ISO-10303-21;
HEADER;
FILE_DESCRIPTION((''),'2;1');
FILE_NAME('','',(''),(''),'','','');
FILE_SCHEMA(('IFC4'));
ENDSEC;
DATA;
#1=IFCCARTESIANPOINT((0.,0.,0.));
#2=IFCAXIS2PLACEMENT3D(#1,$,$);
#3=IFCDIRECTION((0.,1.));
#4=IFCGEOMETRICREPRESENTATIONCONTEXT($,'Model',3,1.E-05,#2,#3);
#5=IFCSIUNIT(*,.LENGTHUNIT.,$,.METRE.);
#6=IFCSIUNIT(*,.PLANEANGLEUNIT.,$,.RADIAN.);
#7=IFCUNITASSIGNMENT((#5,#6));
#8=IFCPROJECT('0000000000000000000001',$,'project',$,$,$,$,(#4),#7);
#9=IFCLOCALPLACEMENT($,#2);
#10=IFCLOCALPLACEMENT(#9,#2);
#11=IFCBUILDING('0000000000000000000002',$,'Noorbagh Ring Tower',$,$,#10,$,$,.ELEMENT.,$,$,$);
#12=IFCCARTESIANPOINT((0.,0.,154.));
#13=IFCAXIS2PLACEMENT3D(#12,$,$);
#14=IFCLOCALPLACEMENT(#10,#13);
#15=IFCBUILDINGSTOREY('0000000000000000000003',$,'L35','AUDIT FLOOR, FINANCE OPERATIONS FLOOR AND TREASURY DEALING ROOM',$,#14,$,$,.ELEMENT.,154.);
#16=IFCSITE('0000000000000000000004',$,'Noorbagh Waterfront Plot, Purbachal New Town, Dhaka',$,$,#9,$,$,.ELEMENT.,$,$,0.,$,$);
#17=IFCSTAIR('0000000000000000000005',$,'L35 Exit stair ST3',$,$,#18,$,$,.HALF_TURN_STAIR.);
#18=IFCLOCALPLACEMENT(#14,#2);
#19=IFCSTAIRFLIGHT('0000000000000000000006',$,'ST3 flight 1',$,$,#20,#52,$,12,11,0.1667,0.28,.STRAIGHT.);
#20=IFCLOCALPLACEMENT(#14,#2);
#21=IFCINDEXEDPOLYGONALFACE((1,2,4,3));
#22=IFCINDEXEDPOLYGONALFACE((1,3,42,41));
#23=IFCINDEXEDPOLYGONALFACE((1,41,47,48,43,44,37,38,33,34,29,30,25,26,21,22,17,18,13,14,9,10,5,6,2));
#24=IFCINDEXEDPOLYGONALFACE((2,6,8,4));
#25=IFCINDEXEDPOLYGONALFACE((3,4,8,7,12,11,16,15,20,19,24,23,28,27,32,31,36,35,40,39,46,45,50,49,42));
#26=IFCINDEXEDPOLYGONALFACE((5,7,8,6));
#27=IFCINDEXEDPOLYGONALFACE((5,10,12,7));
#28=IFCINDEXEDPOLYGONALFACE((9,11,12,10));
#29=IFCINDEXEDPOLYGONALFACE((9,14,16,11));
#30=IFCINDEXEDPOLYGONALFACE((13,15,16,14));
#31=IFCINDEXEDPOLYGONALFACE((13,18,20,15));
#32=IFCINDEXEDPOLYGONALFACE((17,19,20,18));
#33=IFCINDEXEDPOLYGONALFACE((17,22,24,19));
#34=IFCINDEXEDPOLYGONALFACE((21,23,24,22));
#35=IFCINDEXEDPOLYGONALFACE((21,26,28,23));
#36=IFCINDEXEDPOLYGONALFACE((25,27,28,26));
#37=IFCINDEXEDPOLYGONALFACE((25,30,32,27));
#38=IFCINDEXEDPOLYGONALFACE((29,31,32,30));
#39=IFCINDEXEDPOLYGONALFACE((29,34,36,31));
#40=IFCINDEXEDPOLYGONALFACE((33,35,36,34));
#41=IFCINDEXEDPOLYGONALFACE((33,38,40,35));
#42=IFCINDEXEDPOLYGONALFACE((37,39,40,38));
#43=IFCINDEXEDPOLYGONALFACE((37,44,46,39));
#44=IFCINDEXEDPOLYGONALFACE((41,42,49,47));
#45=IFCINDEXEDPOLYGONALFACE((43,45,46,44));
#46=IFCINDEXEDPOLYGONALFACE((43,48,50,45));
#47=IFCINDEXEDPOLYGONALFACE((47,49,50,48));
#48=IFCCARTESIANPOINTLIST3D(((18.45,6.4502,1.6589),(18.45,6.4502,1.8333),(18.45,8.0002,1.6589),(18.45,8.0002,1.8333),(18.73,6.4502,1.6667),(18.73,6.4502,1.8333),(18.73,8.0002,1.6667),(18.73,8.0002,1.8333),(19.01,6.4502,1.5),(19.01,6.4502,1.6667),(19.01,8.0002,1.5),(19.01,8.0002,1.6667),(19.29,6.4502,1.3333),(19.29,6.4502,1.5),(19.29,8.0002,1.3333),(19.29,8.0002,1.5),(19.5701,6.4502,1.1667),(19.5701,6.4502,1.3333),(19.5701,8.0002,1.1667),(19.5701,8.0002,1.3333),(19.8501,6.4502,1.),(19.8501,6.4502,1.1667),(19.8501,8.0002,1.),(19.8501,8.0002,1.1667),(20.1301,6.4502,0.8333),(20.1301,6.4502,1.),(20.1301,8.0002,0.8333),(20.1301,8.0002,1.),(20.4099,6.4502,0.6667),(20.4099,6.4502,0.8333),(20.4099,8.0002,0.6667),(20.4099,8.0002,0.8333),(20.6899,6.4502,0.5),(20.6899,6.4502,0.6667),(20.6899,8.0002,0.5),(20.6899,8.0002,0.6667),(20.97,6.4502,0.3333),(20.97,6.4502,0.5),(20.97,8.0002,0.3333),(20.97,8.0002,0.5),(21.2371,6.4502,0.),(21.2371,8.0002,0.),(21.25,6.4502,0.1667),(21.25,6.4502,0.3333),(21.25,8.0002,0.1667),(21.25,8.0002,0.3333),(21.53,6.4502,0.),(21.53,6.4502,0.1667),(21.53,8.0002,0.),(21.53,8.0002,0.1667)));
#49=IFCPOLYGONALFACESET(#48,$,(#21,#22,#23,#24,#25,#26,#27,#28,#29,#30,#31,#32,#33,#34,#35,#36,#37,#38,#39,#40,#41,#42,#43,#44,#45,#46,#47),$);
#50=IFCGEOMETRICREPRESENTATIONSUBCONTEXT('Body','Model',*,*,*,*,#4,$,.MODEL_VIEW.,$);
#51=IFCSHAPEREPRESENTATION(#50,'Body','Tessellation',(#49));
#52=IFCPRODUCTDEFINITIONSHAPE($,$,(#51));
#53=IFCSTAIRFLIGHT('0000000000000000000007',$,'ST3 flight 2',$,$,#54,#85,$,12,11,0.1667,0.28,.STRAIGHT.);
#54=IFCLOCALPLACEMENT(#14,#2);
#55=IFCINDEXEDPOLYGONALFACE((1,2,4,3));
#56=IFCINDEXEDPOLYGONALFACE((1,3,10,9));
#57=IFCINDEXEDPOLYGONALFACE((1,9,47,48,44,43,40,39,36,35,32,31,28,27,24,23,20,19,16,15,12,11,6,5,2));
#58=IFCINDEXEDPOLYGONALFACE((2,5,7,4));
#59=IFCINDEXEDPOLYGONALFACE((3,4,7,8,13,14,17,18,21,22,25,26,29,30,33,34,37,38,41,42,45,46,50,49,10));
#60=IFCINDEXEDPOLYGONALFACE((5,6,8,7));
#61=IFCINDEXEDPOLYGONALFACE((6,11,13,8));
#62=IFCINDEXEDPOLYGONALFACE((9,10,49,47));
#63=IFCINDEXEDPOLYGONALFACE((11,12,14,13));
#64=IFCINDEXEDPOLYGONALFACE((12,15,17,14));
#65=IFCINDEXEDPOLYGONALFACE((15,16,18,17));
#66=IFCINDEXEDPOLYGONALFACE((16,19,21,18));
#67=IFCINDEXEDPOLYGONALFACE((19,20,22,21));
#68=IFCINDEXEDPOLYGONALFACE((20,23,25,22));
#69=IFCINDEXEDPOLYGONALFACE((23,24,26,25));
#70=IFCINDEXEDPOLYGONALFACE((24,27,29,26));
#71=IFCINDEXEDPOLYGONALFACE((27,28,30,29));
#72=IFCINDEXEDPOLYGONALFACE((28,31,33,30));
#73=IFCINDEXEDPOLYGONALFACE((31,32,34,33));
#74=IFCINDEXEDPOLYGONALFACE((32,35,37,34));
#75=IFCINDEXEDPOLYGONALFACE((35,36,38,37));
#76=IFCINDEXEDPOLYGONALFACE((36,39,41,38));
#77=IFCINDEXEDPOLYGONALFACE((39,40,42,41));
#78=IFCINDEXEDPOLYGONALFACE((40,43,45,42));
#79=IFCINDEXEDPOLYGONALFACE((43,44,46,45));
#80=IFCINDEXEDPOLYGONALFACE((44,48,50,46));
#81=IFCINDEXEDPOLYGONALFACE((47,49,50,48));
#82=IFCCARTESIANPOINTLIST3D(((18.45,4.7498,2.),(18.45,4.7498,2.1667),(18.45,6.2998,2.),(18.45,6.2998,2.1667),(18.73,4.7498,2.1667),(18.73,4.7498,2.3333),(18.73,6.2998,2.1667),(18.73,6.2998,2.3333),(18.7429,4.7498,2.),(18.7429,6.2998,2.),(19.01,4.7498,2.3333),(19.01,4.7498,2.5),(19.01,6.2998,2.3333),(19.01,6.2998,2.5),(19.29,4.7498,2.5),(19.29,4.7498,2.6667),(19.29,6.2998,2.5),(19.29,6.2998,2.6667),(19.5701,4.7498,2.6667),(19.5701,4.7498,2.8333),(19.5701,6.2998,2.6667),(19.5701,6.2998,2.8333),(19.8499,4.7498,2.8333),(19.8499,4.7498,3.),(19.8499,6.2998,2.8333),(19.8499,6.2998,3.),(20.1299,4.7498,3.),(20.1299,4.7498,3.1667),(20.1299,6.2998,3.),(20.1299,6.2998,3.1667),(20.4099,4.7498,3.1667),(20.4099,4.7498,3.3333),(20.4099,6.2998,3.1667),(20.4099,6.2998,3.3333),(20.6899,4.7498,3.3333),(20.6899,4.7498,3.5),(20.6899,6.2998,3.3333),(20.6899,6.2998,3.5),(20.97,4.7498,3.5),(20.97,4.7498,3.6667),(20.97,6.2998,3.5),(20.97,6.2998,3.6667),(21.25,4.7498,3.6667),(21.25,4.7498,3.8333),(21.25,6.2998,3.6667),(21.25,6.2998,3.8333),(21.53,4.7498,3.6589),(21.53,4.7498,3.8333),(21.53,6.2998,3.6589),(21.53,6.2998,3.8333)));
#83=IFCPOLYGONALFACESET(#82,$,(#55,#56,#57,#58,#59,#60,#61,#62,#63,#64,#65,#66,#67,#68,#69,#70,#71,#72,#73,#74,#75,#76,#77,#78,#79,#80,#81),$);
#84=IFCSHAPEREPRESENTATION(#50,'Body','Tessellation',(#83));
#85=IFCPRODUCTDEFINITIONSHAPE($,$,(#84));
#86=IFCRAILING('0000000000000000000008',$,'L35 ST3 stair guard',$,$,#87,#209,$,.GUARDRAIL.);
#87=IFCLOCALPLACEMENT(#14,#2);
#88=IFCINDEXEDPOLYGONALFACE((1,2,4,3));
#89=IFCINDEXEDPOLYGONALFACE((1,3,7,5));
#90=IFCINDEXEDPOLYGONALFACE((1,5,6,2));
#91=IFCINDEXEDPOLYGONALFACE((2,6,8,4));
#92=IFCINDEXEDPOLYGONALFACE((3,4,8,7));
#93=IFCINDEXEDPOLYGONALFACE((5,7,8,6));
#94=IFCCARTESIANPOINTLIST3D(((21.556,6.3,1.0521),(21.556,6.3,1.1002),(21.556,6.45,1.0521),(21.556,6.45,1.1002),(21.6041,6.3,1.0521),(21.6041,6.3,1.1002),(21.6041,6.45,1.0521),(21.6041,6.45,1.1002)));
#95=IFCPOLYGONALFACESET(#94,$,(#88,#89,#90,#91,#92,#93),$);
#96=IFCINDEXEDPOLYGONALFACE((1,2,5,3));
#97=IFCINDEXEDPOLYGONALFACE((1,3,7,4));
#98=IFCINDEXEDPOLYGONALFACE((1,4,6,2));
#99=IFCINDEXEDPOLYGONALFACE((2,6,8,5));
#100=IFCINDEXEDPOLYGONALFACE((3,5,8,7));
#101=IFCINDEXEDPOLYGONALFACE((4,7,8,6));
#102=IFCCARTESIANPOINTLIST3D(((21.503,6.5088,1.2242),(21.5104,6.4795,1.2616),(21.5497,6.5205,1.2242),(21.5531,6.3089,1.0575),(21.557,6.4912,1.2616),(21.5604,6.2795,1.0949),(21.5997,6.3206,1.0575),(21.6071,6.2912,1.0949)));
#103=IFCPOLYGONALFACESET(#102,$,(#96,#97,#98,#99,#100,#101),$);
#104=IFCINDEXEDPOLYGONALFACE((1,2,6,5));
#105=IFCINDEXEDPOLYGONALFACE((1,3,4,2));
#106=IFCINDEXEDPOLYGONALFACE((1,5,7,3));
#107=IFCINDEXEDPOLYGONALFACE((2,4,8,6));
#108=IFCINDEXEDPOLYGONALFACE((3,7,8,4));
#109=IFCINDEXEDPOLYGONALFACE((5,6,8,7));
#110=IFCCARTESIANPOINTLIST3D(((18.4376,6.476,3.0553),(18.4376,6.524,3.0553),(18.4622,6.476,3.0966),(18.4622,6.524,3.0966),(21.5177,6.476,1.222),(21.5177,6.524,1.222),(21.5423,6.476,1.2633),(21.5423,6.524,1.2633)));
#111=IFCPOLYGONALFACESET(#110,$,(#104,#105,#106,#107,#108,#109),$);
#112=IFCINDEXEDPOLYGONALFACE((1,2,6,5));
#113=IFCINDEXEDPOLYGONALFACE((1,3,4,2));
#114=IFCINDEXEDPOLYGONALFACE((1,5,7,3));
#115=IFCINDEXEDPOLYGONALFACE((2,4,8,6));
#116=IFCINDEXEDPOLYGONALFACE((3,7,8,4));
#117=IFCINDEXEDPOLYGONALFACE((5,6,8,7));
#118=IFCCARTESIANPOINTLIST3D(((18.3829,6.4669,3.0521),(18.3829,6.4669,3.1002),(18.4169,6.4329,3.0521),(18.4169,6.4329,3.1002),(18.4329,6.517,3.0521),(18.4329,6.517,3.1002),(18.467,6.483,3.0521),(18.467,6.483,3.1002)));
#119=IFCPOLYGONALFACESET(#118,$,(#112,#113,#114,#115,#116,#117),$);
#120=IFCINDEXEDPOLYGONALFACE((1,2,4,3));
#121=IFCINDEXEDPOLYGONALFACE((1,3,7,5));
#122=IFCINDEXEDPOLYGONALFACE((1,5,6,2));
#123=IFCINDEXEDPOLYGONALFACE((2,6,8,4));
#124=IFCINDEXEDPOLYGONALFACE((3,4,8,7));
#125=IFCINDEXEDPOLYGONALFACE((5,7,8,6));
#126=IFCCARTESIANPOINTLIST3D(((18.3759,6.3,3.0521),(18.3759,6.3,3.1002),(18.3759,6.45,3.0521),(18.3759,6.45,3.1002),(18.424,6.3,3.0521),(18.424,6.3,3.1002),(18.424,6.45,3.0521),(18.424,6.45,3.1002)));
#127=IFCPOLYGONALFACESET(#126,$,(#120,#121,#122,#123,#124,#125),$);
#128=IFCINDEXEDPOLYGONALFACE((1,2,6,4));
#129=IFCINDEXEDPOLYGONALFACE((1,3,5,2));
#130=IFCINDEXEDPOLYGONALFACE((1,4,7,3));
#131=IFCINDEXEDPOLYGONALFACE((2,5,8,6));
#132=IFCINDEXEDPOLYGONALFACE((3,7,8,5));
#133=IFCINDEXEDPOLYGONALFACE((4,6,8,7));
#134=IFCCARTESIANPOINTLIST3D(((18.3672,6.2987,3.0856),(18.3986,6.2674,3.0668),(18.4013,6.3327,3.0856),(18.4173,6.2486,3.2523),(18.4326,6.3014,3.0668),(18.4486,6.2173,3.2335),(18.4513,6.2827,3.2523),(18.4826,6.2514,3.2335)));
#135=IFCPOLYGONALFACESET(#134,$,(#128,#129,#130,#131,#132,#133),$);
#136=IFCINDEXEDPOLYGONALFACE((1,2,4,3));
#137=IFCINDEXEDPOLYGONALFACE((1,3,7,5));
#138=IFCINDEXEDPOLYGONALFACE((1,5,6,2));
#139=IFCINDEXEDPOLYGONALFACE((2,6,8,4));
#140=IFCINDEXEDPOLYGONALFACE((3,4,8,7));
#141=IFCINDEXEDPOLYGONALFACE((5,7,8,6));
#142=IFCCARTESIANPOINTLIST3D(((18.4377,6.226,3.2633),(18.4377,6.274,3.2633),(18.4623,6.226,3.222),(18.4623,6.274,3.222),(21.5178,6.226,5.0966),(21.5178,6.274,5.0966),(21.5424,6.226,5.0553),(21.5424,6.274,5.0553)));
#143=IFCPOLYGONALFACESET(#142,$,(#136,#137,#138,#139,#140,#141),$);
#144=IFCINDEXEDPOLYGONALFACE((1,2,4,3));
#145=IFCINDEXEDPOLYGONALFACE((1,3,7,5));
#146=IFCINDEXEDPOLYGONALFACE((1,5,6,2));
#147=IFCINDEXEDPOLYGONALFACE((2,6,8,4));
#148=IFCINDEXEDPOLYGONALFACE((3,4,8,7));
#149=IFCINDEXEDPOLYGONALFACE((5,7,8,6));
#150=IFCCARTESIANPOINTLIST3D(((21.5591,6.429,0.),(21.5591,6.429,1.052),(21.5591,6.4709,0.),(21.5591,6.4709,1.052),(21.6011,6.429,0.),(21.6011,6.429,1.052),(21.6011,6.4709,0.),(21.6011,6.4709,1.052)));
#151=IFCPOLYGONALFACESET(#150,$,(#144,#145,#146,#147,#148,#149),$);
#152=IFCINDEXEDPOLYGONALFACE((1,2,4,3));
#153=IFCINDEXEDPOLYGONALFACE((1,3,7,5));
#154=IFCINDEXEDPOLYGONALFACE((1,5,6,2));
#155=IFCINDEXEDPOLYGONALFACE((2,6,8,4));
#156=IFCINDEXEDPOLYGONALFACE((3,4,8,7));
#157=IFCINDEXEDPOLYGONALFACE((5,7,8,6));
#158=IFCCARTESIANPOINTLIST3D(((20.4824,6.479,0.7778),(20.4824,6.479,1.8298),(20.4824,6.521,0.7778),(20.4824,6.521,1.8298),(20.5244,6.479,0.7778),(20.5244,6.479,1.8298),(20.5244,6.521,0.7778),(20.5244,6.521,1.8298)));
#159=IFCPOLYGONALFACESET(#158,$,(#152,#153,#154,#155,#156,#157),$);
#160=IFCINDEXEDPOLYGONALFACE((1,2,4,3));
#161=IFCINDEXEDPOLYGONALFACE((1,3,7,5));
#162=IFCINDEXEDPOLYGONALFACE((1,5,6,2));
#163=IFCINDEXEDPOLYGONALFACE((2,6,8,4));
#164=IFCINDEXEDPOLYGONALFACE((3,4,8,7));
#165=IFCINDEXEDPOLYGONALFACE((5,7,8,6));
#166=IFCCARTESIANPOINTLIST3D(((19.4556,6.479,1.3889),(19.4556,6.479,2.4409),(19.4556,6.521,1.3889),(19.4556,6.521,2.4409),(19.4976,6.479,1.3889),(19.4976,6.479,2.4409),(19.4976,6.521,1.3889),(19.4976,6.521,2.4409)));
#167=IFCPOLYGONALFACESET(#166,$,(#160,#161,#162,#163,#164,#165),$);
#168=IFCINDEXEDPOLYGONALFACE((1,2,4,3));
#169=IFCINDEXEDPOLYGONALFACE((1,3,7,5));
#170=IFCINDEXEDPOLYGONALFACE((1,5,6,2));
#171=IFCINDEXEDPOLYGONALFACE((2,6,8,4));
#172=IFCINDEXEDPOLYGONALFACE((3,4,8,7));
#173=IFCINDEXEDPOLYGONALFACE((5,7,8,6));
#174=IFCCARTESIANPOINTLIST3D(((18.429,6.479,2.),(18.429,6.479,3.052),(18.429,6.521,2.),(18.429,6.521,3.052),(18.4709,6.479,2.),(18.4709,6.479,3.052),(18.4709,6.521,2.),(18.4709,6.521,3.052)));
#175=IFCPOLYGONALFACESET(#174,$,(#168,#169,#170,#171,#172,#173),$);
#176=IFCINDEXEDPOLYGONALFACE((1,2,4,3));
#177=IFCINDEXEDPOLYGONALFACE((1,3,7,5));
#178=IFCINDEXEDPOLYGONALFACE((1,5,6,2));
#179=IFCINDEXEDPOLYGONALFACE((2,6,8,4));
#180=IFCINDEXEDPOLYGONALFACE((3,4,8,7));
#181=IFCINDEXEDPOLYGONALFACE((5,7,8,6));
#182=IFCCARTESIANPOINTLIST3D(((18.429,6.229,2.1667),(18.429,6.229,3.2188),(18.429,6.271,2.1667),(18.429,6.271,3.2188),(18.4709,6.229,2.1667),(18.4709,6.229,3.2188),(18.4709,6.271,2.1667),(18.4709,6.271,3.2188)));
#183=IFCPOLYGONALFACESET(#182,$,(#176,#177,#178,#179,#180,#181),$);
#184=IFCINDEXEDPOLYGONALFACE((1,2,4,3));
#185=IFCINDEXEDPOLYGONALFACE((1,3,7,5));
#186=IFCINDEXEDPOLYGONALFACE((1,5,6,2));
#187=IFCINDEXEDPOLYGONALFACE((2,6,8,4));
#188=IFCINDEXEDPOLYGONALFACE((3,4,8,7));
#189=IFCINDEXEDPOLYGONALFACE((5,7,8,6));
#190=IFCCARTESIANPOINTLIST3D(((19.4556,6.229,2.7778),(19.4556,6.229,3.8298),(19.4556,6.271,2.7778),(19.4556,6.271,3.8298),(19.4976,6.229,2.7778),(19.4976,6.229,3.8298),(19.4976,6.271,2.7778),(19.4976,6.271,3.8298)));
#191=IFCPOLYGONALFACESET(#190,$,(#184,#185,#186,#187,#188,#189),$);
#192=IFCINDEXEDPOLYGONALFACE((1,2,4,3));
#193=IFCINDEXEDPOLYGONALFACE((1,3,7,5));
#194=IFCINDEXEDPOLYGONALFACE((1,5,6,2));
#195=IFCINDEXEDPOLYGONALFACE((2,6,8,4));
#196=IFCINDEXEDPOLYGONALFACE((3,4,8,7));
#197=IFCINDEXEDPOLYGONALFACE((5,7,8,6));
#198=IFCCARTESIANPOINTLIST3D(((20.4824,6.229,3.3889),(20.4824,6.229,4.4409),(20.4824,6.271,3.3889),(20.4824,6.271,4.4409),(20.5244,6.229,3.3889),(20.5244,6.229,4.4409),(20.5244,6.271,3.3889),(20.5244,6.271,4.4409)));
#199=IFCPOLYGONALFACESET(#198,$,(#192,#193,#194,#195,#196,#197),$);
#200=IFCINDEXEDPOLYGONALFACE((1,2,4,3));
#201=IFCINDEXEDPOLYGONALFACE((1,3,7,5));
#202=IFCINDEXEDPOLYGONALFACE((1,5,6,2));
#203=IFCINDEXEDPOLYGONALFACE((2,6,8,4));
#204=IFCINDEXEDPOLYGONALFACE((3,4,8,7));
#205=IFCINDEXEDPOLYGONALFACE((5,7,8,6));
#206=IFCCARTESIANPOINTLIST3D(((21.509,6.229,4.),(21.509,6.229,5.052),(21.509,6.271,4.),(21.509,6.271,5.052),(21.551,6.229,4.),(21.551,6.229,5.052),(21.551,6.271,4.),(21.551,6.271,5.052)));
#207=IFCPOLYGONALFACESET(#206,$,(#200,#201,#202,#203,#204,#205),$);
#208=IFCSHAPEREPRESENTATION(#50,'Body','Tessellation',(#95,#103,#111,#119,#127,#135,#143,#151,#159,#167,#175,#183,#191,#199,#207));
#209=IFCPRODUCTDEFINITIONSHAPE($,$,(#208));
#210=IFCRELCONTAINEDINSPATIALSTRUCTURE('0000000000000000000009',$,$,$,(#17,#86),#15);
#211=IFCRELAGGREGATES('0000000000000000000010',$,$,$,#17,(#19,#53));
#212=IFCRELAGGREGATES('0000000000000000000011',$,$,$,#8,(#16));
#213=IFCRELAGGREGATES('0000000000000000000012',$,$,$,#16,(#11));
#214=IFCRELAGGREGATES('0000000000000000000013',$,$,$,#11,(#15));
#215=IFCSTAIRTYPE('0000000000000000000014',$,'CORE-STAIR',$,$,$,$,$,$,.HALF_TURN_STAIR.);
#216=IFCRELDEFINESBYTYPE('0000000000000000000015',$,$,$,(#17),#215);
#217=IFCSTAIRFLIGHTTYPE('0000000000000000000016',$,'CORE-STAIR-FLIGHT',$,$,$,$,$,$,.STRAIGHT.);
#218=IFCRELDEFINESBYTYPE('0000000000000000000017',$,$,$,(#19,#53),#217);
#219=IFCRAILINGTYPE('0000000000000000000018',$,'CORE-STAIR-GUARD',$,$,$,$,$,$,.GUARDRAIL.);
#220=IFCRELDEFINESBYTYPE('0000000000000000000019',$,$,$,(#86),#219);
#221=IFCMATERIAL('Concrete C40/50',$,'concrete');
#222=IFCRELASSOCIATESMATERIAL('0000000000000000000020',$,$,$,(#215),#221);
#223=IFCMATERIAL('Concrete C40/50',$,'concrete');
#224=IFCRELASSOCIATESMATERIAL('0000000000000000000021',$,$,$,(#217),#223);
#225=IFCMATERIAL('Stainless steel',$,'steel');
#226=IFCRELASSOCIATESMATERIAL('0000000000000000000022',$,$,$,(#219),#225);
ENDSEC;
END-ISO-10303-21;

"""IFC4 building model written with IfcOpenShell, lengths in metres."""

from ifc_helpers import new_model, si_unit, direction, frame, origin, origin_2d, place, context, subcontext, project, spatial, polyline, rectangle, outline, extrude, material, type_object, element, aggregate, save


model = new_model("IFC4")

# Units and contexts
model_context = context("Model", 3, precision=1e-05, world=origin(), true_north=direction((0.0, 1.0)))
body_context = subcontext(model_context, "Body", "Model", "MODEL_VIEW")
ifc_project = project(units=[si_unit("LENGTHUNIT", "METRE"), si_unit("PLANEANGLEUNIT", "RADIAN")], contexts=[model_context])

# Site, building, storey
site_placement = place(None, origin())
site = spatial("IfcSite", under=ifc_project, at=site_placement, Name="Noorbagh Waterfront Plot, Purbachal New Town, Dhaka", CompositionType="ELEMENT", RefElevation=0.0)
building_placement = place(site_placement, origin())
building = spatial("IfcBuilding", under=site, at=building_placement, Name="Noorbagh Ring Tower", CompositionType="ELEMENT")
storey_placement = place(building_placement, frame((0.0, 0.0, 154.0)))
storey = spatial("IfcBuildingStorey", under=building, at=storey_placement, Name="L35", Description="AUDIT FLOOR, FINANCE OPERATIONS FLOOR AND TREASURY DEALING ROOM", CompositionType="ELEMENT", Elevation=154.0)

# Stair, stair flights
ifc_material_1 = material(Name="Concrete C40/50", Category="concrete")
stair_type = type_object("IfcStairType", Name="CORE-STAIR", PredefinedType="HALF_TURN_STAIR", material=ifc_material_1)
stair_placement = place(storey_placement, origin())
stair = element("IfcStair", 1, at=stair_placement, inside=storey, type_object=stair_type, Name="L35 Exit stair ST3", PredefinedType="HALF_TURN_STAIR")
ifc_material_2 = material(Name="Concrete C40/50", Category="concrete")
stair_flight_type = type_object("IfcStairFlightType", Name="CORE-STAIR-FLIGHT", PredefinedType="STRAIGHT", material=ifc_material_2)
stair_flight_1_placement = place(storey_placement, frame((21.53, 7.2251, 0.0), z_axis=(0.0, 0.0, 1.0), x_axis=(-1.0, 0.0, 0.0)))
stair_flight_1 = element("IfcStairFlight", 2, at=stair_flight_1_placement, type_object=stair_flight_type, Name="ST3 flight 1", NumberOfRisers=12, NumberOfTreads=11, PredefinedType="STRAIGHT", RiserHeight=0.1667, TreadLength=0.28, context=body_context, shape_type="SweptSolid", body=[
    extrude(outline(polyline([(0.0, 0.0), (0.0, 0.1667), (0.28, 0.1667), (0.28, 0.3333), (0.5601, 0.3333), (0.5601, 0.5), (0.8401, 0.5), (0.8401, 0.6667), (1.1201, 0.6667), (1.1201, 0.8333), (1.3999, 0.8333), (1.3999, 1.0), (1.6799, 1.0), (1.6799, 1.1667), (1.96, 1.1667), (1.96, 1.3333), (2.24, 1.3333), (2.24, 1.5), (2.52, 1.5), (2.52, 1.6667), (2.8, 1.6667), (2.8, 1.8333), (3.0801, 1.8333), (3.0801, 2.0), (3.0801, 1.6589), (0.293, 0.0), (0.0, 0.0)])), frame((0.0, 0.7749, 0.0), z_axis=(0.0, -1.0, 0.0), x_axis=(1.0, 0.0, 0.0)), (0.0, 0.0, 1.0), 1.55),
])
stair_flight_2_placement = place(storey_placement, frame((18.45, 5.5249, 2.0), z_axis=(0.0, 0.0, 1.0), x_axis=(1.0, 0.0, 0.0)))
stair_flight_2 = element("IfcStairFlight", 3, at=stair_flight_2_placement, type_object=stair_flight_type, Name="ST3 flight 2", NumberOfRisers=12, NumberOfTreads=11, PredefinedType="STRAIGHT", RiserHeight=0.1667, TreadLength=0.28, context=body_context, shape_type="SweptSolid", body=[
    extrude(outline(polyline([(0.0, 0.0), (0.0, 0.1667), (0.28, 0.1667), (0.28, 0.3333), (0.5601, 0.3333), (0.5601, 0.5), (0.8401, 0.5), (0.8401, 0.6667), (1.1201, 0.6667), (1.1201, 0.8333), (1.3999, 0.8333), (1.3999, 1.0), (1.6799, 1.0), (1.6799, 1.1667), (1.96, 1.1667), (1.96, 1.3333), (2.24, 1.3333), (2.24, 1.5), (2.52, 1.5), (2.52, 1.6667), (2.8, 1.6667), (2.8, 1.8333), (3.0801, 1.8333), (3.0801, 2.0), (3.0801, 1.6589), (0.293, 0.0), (0.0, 0.0)])), frame((0.0, 0.7749, 0.0), z_axis=(0.0, -1.0, 0.0), x_axis=(1.0, 0.0, 0.0)), (0.0, 0.0, 1.0), 1.55),
])
aggregate(stair, [stair_flight_1, stair_flight_2])

# Railing
ifc_material_3 = material(Name="Stainless steel", Category="steel")
railing_type = type_object("IfcRailingType", Name="CORE-STAIR-GUARD", PredefinedType="GUARDRAIL", material=ifc_material_3)
railing_placement = place(storey_placement, frame((21.5801, 6.45, 0.0)))
element("IfcRailing", 4, at=railing_placement, inside=storey, type_object=railing_type, Name="L35 ST3 stair guard", PredefinedType="GUARDRAIL", context=body_context, shape_type="SweptSolid", body=[
    extrude(rectangle(XDim=0.0481, YDim=0.0481, at=origin_2d()), frame((0.0, 0.0, 1.0762), z_axis=(0.0, -1.0, 0.0), x_axis=(1.0, 0.0, 0.0)), (0.0, 0.0, 1.0), 0.1499),
    extrude(rectangle(XDim=0.0481, YDim=0.0481, at=origin_2d()), frame((0.0, -0.1499, 1.0762), z_axis=(-0.188776, 0.754182, 0.628946), x_axis=(-0.970073, -0.242814, 0.0)), (0.0, 0.0, 1.0), 0.2651),
    extrude(rectangle(XDim=0.0481, YDim=0.0481, at=origin_2d()), frame((-0.05, 0.05, 1.2427), z_axis=(-0.859309, 0.0, 0.511458), x_axis=(0.0, -1.0, 0.0)), (0.0, 0.0, 1.0), 3.5845),
    extrude(rectangle(XDim=0.0481, YDim=0.0481, at=origin_2d()), frame((-3.1301, 0.05, 3.0762), z_axis=(-0.707107, -0.707107, 0.0), x_axis=(0.707107, -0.707107, 0.0)), (0.0, 0.0, 1.0), 0.0708),
    extrude(rectangle(XDim=0.0481, YDim=0.0481, at=origin_2d()), frame((-3.1802, 0.0, 3.0762), z_axis=(0.0, -1.0, 0.0), x_axis=(1.0, 0.0, 0.0)), (0.0, 0.0, 1.0), 0.1499),
    extrude(rectangle(XDim=0.0481, YDim=0.0481, at=origin_2d()), frame((-3.1802, -0.1499, 3.0762), z_axis=(0.276287, -0.276287, 0.920506), x_axis=(0.707107, 0.707107, 0.0)), (0.0, 0.0, 1.0), 0.1812),
    extrude(rectangle(XDim=0.0481, YDim=0.0481, at=origin_2d()), frame((-3.1301, -0.2, 3.2427), z_axis=(0.859309, 0.0, 0.511458), x_axis=(0.0, 1.0, 0.0)), (0.0, 0.0, 1.0), 3.5845),
    extrude(rectangle(XDim=0.042, YDim=0.042, at=origin_2d()), origin(), (0.0, 0.0, 1.0), 1.052),
    extrude(rectangle(XDim=0.042, YDim=0.042, at=origin_2d()), frame((-1.0767, 0.05, 0.7778)), (0.0, 0.0, 1.0), 1.052),
    extrude(rectangle(XDim=0.042, YDim=0.042, at=origin_2d()), frame((-2.1035, 0.05, 1.3889)), (0.0, 0.0, 1.0), 1.052),
    extrude(rectangle(XDim=0.042, YDim=0.042, at=origin_2d()), frame((-3.1301, 0.05, 2.0)), (0.0, 0.0, 1.0), 1.052),
    extrude(rectangle(XDim=0.042, YDim=0.042, at=origin_2d()), frame((-3.1301, -0.2, 2.1667)), (0.0, 0.0, 1.0), 1.052),
    extrude(rectangle(XDim=0.042, YDim=0.042, at=origin_2d()), frame((-2.1035, -0.2, 2.7778)), (0.0, 0.0, 1.0), 1.052),
    extrude(rectangle(XDim=0.042, YDim=0.042, at=origin_2d()), frame((-1.0767, -0.2, 3.3889)), (0.0, 0.0, 1.0), 1.052),
    extrude(rectangle(XDim=0.042, YDim=0.042, at=origin_2d()), frame((-0.05, -0.2, 4.0)), (0.0, 0.0, 1.0), 1.052),
])

save(model, "model.ifc")
